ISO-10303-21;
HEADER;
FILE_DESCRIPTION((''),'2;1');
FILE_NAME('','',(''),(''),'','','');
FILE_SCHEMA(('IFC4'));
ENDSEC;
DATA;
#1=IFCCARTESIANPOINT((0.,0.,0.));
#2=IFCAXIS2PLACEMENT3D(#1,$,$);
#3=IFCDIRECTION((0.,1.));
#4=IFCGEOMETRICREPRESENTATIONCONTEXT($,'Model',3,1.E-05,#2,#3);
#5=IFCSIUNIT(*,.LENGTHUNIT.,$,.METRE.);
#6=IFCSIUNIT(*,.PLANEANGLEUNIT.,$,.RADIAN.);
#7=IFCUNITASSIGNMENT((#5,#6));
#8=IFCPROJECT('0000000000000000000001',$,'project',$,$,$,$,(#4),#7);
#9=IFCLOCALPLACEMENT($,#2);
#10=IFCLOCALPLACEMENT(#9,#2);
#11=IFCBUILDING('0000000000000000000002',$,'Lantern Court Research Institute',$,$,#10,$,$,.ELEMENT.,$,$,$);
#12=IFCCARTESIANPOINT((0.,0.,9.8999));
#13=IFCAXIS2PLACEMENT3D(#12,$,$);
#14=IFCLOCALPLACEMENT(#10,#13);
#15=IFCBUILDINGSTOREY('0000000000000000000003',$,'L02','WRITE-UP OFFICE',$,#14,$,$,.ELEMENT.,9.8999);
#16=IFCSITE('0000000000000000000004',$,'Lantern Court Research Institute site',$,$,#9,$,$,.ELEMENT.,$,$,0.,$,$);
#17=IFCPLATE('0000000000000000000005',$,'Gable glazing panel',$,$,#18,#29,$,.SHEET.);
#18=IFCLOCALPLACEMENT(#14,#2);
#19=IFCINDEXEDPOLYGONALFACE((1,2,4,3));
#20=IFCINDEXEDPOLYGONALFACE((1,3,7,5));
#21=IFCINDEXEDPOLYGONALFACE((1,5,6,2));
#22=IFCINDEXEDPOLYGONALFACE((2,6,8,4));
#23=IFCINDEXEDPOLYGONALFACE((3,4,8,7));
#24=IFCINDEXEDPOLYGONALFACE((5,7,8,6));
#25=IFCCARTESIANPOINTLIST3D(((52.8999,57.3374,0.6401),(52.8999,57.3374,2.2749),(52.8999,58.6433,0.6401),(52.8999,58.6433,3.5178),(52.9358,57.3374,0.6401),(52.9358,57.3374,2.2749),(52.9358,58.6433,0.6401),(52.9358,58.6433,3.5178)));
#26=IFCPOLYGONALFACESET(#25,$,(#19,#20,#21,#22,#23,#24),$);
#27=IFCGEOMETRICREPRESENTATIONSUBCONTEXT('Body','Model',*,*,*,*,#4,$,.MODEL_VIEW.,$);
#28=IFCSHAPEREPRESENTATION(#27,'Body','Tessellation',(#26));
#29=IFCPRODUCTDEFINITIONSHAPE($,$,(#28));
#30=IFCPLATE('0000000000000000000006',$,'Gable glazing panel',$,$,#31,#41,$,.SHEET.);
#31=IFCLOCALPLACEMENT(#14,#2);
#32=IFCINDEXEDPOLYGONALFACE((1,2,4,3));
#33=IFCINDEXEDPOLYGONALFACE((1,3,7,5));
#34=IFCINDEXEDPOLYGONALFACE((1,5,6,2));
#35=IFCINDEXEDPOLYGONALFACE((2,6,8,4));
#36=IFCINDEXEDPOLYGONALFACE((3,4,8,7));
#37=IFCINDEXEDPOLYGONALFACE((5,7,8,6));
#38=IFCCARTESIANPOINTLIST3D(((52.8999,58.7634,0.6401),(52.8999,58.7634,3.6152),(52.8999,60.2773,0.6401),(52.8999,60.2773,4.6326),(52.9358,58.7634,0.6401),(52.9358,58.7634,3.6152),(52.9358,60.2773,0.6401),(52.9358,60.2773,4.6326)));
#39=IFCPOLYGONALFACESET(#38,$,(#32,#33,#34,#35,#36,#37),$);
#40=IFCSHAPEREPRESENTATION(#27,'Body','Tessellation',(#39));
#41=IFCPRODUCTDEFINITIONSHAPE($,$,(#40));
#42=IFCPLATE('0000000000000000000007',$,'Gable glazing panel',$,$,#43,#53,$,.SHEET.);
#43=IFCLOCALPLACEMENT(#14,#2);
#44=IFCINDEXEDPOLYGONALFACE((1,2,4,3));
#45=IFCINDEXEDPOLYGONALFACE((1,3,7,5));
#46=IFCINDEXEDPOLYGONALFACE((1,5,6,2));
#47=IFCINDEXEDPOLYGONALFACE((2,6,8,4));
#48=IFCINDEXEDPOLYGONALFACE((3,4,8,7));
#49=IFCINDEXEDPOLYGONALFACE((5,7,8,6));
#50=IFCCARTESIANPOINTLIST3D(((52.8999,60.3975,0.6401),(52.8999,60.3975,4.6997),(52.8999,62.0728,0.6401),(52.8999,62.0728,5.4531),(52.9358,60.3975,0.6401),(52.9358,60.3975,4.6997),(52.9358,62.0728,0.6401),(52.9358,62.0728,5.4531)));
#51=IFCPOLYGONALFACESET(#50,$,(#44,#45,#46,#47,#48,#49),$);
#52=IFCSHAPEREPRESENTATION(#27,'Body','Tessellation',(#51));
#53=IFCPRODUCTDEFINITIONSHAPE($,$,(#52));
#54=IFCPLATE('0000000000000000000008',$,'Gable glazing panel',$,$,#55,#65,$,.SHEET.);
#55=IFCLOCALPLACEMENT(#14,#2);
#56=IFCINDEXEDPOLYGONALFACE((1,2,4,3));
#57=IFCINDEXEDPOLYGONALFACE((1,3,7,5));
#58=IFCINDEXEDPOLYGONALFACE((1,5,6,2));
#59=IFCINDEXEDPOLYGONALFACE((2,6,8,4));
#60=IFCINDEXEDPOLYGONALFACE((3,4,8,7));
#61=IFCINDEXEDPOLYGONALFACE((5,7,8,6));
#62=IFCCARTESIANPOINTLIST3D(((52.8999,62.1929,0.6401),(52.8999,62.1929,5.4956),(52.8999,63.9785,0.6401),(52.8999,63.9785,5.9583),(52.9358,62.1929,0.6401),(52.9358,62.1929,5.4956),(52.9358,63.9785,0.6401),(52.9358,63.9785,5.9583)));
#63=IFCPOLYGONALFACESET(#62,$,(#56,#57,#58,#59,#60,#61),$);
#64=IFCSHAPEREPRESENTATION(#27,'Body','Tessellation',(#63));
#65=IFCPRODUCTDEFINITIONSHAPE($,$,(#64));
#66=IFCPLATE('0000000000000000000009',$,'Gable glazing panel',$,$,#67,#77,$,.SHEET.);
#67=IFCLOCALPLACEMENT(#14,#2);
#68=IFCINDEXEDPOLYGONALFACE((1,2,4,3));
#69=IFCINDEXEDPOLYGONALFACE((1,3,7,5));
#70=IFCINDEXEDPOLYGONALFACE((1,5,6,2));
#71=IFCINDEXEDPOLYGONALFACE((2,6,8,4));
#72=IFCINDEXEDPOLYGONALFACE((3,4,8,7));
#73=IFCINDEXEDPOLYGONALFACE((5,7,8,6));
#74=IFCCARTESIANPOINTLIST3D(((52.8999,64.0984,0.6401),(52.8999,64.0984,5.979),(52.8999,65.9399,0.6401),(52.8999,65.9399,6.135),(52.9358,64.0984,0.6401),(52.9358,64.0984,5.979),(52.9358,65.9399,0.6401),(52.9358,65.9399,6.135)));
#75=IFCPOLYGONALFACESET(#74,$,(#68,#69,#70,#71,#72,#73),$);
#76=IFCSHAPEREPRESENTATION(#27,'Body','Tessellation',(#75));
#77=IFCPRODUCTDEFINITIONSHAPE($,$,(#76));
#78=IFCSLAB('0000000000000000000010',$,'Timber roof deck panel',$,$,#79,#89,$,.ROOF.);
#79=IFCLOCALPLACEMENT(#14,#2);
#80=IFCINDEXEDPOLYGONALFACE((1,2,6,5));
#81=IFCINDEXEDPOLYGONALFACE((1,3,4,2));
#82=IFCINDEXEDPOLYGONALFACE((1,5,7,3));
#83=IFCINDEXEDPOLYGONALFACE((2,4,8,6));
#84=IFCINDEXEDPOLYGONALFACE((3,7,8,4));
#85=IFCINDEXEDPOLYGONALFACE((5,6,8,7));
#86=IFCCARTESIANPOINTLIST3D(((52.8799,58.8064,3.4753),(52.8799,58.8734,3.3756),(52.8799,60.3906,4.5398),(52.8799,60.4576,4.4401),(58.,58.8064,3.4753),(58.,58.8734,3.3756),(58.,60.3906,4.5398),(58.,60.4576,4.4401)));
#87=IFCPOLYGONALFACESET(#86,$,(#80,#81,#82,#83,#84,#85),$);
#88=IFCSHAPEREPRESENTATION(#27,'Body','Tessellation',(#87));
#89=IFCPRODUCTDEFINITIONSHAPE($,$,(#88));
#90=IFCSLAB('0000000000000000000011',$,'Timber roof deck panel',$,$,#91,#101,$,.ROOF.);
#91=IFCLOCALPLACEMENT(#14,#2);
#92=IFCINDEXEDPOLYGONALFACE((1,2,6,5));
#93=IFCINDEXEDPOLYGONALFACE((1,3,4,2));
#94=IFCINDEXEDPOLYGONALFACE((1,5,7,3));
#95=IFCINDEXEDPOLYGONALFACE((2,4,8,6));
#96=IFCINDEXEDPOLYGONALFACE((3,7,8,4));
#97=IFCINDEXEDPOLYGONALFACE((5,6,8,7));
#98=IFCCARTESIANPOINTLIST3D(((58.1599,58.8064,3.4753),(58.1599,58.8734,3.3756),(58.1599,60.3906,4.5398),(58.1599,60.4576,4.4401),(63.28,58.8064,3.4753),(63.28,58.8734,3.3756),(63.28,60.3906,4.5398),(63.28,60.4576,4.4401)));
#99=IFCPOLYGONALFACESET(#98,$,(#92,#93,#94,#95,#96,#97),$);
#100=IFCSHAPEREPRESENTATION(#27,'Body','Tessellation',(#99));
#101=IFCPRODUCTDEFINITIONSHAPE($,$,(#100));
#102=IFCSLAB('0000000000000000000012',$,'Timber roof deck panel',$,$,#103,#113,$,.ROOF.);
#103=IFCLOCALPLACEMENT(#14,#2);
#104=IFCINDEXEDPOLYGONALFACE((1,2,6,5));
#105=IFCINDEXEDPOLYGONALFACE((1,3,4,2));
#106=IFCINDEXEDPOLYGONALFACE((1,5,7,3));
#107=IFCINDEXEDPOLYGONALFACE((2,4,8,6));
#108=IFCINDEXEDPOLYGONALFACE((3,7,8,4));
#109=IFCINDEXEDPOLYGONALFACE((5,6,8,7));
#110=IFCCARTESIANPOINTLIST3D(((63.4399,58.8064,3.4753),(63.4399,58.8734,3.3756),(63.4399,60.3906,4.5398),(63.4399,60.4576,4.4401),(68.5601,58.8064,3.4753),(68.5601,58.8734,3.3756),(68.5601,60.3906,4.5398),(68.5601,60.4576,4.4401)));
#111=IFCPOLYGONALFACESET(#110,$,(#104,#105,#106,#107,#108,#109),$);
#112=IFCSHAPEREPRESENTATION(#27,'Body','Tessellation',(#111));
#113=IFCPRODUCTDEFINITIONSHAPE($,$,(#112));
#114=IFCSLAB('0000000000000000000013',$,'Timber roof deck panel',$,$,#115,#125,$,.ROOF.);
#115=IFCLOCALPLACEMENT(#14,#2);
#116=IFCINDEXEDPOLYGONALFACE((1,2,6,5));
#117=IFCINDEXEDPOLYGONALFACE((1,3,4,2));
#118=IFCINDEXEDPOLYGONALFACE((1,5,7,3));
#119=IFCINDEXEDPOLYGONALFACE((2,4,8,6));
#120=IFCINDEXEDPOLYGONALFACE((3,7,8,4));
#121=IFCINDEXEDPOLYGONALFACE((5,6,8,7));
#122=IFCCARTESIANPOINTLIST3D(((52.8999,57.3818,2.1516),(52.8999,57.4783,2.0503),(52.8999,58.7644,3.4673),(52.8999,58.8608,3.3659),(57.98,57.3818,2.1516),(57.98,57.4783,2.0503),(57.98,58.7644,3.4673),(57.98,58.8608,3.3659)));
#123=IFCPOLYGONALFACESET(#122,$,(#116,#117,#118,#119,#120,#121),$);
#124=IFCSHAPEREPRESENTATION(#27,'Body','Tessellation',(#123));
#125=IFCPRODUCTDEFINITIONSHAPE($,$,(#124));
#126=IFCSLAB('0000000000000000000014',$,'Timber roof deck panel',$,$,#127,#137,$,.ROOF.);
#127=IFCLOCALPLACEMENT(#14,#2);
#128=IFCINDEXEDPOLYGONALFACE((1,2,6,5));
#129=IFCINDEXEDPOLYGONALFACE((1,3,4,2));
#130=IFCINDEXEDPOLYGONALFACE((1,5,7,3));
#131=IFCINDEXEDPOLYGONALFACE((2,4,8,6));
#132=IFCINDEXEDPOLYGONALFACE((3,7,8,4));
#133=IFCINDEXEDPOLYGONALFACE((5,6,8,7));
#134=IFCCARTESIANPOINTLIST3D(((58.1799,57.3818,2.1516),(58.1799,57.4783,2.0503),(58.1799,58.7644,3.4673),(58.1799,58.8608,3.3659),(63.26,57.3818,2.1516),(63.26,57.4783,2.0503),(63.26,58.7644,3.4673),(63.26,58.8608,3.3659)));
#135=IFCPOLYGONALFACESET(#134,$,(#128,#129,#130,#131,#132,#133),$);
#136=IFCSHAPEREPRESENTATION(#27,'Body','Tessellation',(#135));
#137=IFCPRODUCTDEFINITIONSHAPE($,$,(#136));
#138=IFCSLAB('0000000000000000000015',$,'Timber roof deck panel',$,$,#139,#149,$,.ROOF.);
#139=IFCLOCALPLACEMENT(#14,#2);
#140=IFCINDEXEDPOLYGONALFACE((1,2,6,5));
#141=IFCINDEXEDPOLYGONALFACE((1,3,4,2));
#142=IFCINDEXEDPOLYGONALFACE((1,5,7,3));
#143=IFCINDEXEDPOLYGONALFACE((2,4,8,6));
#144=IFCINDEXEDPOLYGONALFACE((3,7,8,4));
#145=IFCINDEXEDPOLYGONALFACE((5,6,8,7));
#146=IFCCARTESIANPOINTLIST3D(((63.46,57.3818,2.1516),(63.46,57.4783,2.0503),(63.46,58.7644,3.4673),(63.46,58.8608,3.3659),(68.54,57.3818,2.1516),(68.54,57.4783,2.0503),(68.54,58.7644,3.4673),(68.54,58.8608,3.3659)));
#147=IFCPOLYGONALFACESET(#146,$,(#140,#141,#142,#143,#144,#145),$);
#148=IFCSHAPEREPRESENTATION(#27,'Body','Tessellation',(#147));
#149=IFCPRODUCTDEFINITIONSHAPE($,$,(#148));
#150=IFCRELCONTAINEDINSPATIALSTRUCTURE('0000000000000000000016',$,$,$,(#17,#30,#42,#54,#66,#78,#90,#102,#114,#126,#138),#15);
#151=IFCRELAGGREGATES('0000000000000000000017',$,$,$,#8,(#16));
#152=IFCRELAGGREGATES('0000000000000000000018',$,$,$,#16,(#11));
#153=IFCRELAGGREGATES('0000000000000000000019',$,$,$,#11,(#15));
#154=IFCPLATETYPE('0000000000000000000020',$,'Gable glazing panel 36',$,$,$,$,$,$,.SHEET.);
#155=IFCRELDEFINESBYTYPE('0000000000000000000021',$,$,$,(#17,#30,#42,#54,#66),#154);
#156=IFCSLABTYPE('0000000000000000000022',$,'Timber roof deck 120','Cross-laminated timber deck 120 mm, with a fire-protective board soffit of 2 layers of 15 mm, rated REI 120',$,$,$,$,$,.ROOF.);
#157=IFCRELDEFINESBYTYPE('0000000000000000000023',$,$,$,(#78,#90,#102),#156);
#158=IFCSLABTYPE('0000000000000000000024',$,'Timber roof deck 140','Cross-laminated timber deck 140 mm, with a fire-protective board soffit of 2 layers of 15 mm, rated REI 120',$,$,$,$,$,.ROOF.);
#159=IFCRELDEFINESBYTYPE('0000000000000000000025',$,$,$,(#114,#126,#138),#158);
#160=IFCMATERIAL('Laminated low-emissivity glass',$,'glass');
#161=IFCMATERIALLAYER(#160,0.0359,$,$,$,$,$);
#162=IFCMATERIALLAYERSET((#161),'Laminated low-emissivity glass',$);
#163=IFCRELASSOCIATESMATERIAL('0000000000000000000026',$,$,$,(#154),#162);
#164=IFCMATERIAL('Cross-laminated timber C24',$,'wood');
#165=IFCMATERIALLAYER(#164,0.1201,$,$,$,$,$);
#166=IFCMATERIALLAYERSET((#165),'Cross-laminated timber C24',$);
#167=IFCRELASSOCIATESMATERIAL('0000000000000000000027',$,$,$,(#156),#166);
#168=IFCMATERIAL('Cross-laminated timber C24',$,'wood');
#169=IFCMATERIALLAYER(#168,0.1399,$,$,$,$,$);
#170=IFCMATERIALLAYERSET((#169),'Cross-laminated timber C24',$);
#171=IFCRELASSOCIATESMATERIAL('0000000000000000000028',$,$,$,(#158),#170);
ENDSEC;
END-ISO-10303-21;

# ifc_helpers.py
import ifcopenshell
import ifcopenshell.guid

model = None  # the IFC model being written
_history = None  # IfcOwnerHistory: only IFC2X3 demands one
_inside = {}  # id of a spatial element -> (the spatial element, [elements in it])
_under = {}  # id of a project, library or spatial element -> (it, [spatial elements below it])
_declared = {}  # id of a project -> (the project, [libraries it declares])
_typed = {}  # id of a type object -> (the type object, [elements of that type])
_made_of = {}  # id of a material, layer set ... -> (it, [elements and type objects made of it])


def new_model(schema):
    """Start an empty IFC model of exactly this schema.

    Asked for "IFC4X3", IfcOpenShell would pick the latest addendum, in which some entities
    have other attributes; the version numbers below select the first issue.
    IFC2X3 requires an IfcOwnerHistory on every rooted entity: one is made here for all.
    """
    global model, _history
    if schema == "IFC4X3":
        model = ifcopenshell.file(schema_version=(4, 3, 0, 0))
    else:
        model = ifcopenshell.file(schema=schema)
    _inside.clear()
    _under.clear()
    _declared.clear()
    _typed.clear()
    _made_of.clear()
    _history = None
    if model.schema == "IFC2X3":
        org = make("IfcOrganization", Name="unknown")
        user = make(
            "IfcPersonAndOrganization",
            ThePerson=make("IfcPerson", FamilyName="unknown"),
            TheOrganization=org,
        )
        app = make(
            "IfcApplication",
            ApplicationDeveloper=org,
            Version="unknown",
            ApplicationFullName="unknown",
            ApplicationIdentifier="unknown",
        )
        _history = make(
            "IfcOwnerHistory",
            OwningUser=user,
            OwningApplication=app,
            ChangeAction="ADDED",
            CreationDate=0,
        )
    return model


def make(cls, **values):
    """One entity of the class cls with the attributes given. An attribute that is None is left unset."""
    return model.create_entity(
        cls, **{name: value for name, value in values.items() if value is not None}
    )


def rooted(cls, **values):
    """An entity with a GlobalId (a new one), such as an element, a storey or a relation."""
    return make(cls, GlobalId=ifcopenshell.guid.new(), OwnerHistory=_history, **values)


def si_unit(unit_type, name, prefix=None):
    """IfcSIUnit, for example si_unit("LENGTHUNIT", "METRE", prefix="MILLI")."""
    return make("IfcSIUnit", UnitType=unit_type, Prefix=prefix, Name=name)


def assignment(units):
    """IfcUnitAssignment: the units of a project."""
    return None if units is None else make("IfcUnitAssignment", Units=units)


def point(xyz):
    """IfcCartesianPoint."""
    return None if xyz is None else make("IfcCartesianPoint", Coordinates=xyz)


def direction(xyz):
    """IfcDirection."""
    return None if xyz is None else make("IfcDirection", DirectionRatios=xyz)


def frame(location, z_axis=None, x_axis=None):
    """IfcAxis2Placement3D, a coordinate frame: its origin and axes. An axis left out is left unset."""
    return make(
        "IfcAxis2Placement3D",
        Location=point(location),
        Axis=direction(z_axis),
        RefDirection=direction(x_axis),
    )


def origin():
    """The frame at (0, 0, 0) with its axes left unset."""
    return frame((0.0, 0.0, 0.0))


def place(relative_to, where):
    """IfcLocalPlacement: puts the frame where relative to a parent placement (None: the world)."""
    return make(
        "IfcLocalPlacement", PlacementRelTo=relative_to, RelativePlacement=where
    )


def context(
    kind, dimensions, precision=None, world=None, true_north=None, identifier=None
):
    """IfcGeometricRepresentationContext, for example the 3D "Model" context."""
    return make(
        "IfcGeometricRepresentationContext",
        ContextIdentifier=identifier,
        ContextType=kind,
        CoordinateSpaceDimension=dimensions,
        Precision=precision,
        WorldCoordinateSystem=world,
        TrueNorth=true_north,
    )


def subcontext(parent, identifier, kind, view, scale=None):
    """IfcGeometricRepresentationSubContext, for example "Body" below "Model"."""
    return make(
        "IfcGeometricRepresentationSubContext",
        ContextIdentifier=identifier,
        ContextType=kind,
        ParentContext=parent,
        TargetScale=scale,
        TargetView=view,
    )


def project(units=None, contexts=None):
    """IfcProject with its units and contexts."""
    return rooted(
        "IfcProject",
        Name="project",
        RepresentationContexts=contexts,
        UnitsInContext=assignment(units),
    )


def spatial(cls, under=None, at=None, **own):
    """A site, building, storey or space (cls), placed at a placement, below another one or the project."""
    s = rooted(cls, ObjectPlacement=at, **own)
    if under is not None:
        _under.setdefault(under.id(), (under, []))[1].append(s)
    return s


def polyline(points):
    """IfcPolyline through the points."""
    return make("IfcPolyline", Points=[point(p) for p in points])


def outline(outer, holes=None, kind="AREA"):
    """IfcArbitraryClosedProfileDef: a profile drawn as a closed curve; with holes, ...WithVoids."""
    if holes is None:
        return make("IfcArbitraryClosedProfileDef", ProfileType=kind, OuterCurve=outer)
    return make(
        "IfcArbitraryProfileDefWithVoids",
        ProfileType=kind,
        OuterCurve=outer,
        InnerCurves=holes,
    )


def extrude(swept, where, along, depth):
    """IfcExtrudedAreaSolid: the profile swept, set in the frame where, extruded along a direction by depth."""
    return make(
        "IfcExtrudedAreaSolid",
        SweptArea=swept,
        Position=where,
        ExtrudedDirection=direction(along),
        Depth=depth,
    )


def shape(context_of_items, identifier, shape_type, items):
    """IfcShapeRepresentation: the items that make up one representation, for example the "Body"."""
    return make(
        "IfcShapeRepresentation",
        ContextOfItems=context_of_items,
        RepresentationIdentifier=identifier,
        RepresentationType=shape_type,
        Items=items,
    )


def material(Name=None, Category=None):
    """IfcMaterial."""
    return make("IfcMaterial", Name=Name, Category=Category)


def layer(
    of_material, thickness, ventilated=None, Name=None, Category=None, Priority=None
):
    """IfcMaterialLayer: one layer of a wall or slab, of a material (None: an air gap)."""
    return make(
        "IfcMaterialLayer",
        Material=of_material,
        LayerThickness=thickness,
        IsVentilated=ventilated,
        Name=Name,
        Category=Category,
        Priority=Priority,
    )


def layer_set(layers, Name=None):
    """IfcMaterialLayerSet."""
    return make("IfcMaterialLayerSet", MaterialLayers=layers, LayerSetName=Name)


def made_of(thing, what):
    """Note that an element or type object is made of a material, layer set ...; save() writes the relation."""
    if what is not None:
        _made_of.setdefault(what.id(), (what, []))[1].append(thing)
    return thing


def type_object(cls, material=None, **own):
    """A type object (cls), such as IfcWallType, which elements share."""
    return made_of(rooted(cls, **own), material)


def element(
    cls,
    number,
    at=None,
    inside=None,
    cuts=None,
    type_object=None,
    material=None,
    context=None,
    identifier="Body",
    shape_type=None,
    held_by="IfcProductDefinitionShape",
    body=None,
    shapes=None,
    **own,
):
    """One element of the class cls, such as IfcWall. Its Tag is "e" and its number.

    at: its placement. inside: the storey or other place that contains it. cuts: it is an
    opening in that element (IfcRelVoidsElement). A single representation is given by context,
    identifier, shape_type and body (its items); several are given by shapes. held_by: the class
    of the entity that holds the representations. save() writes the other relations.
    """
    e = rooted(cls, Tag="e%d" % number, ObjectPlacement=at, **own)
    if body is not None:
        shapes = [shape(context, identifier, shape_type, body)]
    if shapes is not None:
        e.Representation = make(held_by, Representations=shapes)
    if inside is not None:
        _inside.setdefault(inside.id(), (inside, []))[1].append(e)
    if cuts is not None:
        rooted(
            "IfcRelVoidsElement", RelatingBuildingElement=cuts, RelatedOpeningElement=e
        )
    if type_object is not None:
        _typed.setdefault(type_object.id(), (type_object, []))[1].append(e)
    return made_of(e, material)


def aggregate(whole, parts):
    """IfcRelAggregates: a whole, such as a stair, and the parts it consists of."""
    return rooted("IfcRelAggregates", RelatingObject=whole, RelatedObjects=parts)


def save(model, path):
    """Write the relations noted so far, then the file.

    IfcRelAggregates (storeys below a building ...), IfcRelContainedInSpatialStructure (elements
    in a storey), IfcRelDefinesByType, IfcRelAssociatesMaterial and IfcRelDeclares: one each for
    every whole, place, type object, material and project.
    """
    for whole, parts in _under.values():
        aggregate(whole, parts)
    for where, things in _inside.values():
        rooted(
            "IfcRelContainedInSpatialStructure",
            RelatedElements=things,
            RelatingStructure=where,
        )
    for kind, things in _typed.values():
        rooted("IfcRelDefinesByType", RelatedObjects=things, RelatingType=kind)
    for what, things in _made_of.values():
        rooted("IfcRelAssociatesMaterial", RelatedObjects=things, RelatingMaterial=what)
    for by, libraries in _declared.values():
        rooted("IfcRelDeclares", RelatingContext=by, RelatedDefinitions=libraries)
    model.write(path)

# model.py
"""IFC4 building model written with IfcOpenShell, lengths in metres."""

from ifc_helpers import new_model, si_unit, direction, frame, origin, place, context, subcontext, project, spatial, polyline, outline, extrude, material, layer, layer_set, type_object, element, save


model = new_model("IFC4")

# Units and contexts
model_context = context("Model", 3, precision=1e-05, world=origin(), true_north=direction((0.0, 1.0)))
body_context = subcontext(model_context, "Body", "Model", "MODEL_VIEW")
ifc_project = project(units=[si_unit("LENGTHUNIT", "METRE"), si_unit("PLANEANGLEUNIT", "RADIAN")], contexts=[model_context])

# Site, building, storey
site_placement = place(None, origin())
site = spatial("IfcSite", under=ifc_project, at=site_placement, Name="Lantern Court Research Institute site", CompositionType="ELEMENT", RefElevation=0.0)
building_placement = place(site_placement, origin())
building = spatial("IfcBuilding", under=site, at=building_placement, Name="Lantern Court Research Institute", CompositionType="ELEMENT")
storey_placement = place(building_placement, frame((0.0, 0.0, 9.8999)))
storey = spatial("IfcBuildingStorey", under=building, at=storey_placement, Name="L02", Description="WRITE-UP OFFICE", CompositionType="ELEMENT", Elevation=9.8999)

# Plates
ifc_material_1 = material(Name="Laminated low-emissivity glass", Category="glass")
ifc_layer_1 = layer(ifc_material_1, 0.0359)
ifc_layer_set_1 = layer_set([ifc_layer_1], Name="Laminated low-emissivity glass")
plate_type = type_object("IfcPlateType", Name="Gable glazing panel 36", PredefinedType="SHEET", material=ifc_layer_set_1)
plate_1_placement = place(storey_placement, frame((52.918, 57.3374, 0.6401), z_axis=(0.0, 0.0, 1.0), x_axis=(0.0, 1.0, 0.0)))
element("IfcPlate", 1, at=plate_1_placement, inside=storey, type_object=plate_type, Name="Gable glazing panel", PredefinedType="SHEET", context=body_context, shape_type="SweptSolid", body=[
    extrude(outline(polyline([(0.0, 0.0), (1.3059, 0.0), (1.3059, 2.8777), (0.0, 1.6348), (0.0, 0.0)])), frame((0.0, 0.0181, 0.0), z_axis=(0.0, -1.0, 0.0), x_axis=(1.0, 0.0, 0.0)), (0.0, 0.0, 1.0), 0.0359),
])
plate_2_placement = place(storey_placement, frame((52.918, 58.7634, 0.6401), z_axis=(0.0, 0.0, 1.0), x_axis=(0.0, 1.0, 0.0)))
element("IfcPlate", 2, at=plate_2_placement, inside=storey, type_object=plate_type, Name="Gable glazing panel", PredefinedType="SHEET", context=body_context, shape_type="SweptSolid", body=[
    extrude(outline(polyline([(0.0, 0.0), (1.5139, 0.0), (1.5139, 3.9924), (0.0, 2.9751), (0.0, 0.0)])), frame((0.0, 0.0181, 0.0), z_axis=(0.0, -1.0, 0.0), x_axis=(1.0, 0.0, 0.0)), (0.0, 0.0, 1.0), 0.0359),
])
plate_3_placement = place(storey_placement, frame((52.918, 60.3975, 0.6401), z_axis=(0.0, 0.0, 1.0), x_axis=(0.0, 1.0, 0.0)))
element("IfcPlate", 3, at=plate_3_placement, inside=storey, type_object=plate_type, Name="Gable glazing panel", PredefinedType="SHEET", context=body_context, shape_type="SweptSolid", body=[
    extrude(outline(polyline([(0.0, 0.0), (1.6753, 0.0), (1.6753, 4.813), (0.0, 4.0596), (0.0, 0.0)])), frame((0.0, 0.0181, 0.0), z_axis=(0.0, -1.0, 0.0), x_axis=(1.0, 0.0, 0.0)), (0.0, 0.0, 1.0), 0.0359),
])
plate_4_placement = place(storey_placement, frame((52.918, 62.1929, 0.6401), z_axis=(0.0, 0.0, 1.0), x_axis=(0.0, 1.0, 0.0)))
element("IfcPlate", 4, at=plate_4_placement, inside=storey, type_object=plate_type, Name="Gable glazing panel", PredefinedType="SHEET", context=body_context, shape_type="SweptSolid", body=[
    extrude(outline(polyline([(0.0, 0.0), (1.7856, 0.0), (1.7856, 5.3181), (0.0, 4.8555), (0.0, 0.0)])), frame((0.0, 0.0181, 0.0), z_axis=(0.0, -1.0, 0.0), x_axis=(1.0, 0.0, 0.0)), (0.0, 0.0, 1.0), 0.0359),
])
plate_5_placement = place(storey_placement, frame((52.918, 64.0984, 0.6401), z_axis=(0.0, 0.0, 1.0), x_axis=(0.0, 1.0, 0.0)))
element("IfcPlate", 5, at=plate_5_placement, inside=storey, type_object=plate_type, Name="Gable glazing panel", PredefinedType="SHEET", context=body_context, shape_type="SweptSolid", body=[
    extrude(outline(polyline([(0.0, 0.0), (1.8416, 0.0), (1.8416, 5.4949), (0.0, 5.3389), (0.0, 0.0)])), frame((0.0, 0.0181, 0.0), z_axis=(0.0, -1.0, 0.0), x_axis=(1.0, 0.0, 0.0)), (0.0, 0.0, 1.0), 0.0359),
])

# Slabs
ifc_material_2 = material(Name="Cross-laminated timber C24", Category="wood")
ifc_layer_2 = layer(ifc_material_2, 0.1201)
ifc_layer_set_2 = layer_set([ifc_layer_2], Name="Cross-laminated timber C24")
slab_type_1 = type_object("IfcSlabType", Name="Timber roof deck 120", Description="Cross-laminated timber deck 120 mm, with a fire-protective board soffit of 2 layers of 15 mm, rated REI 120", PredefinedType="ROOF", material=ifc_layer_set_2)
for number, where, z_axis, x_axis, name in (
    (6, (52.8799, 58.8064, 3.4753), (0.0, -0.557707, 0.830038), (1.0, 0.0, 0.0), "Timber roof deck panel"),
    (7, (58.1599, 58.8064, 3.4753), (0.0, -0.557707, 0.830038), (1.0, 0.0, 0.0), "Timber roof deck panel"),
    (8, (63.4399, 58.8064, 3.4753), (0.0, -0.557707, 0.830038), (1.0, 0.0, 0.0), "Timber roof deck panel"),
):
    element("IfcSlab", number, at=place(storey_placement, frame(where, z_axis=z_axis, x_axis=x_axis)), inside=storey, type_object=slab_type_1, Name=name, PredefinedType="ROOF", context=body_context, shape_type="SweptSolid", body=[
        extrude(outline(polyline([(0.0, 0.0), (5.1201, 0.0), (5.1201, 1.9086), (0.0, 1.9086), (0.0, 0.0)])), origin(), (0.0, 0.0, -1.0), 0.1201),
    ])
ifc_material_3 = material(Name="Cross-laminated timber C24", Category="wood")
ifc_layer_3 = layer(ifc_material_3, 0.1399)
ifc_layer_set_3 = layer_set([ifc_layer_3], Name="Cross-laminated timber C24")
slab_type_2 = type_object("IfcSlabType", Name="Timber roof deck 140", Description="Cross-laminated timber deck 140 mm, with a fire-protective board soffit of 2 layers of 15 mm, rated REI 120", PredefinedType="ROOF", material=ifc_layer_set_3)
for number, where, z_axis, x_axis, name in (
    (9, (52.8999, 57.3818, 2.1516), (0.0, -0.689364, 0.724415), (1.0, 0.0, 0.0), "Timber roof deck panel"),
    (10, (58.1799, 57.3818, 2.1516), (0.0, -0.689364, 0.724415), (1.0, 0.0, 0.0), "Timber roof deck panel"),
    (11, (63.46, 57.3818, 2.1516), (0.0, -0.689364, 0.724415), (1.0, 0.0, 0.0), "Timber roof deck panel"),
):
    element("IfcSlab", number, at=place(storey_placement, frame(where, z_axis=z_axis, x_axis=x_axis)), inside=storey, type_object=slab_type_2, Name=name, PredefinedType="ROOF", context=body_context, shape_type="SweptSolid", body=[
        extrude(outline(polyline([(0.0, 0.0), (5.0801, 0.0), (5.0801, 1.9085), (0.0, 1.9085), (0.0, 0.0)])), origin(), (0.0, 0.0, -1.0), 0.1399),
    ])

save(model, "model.ifc")
